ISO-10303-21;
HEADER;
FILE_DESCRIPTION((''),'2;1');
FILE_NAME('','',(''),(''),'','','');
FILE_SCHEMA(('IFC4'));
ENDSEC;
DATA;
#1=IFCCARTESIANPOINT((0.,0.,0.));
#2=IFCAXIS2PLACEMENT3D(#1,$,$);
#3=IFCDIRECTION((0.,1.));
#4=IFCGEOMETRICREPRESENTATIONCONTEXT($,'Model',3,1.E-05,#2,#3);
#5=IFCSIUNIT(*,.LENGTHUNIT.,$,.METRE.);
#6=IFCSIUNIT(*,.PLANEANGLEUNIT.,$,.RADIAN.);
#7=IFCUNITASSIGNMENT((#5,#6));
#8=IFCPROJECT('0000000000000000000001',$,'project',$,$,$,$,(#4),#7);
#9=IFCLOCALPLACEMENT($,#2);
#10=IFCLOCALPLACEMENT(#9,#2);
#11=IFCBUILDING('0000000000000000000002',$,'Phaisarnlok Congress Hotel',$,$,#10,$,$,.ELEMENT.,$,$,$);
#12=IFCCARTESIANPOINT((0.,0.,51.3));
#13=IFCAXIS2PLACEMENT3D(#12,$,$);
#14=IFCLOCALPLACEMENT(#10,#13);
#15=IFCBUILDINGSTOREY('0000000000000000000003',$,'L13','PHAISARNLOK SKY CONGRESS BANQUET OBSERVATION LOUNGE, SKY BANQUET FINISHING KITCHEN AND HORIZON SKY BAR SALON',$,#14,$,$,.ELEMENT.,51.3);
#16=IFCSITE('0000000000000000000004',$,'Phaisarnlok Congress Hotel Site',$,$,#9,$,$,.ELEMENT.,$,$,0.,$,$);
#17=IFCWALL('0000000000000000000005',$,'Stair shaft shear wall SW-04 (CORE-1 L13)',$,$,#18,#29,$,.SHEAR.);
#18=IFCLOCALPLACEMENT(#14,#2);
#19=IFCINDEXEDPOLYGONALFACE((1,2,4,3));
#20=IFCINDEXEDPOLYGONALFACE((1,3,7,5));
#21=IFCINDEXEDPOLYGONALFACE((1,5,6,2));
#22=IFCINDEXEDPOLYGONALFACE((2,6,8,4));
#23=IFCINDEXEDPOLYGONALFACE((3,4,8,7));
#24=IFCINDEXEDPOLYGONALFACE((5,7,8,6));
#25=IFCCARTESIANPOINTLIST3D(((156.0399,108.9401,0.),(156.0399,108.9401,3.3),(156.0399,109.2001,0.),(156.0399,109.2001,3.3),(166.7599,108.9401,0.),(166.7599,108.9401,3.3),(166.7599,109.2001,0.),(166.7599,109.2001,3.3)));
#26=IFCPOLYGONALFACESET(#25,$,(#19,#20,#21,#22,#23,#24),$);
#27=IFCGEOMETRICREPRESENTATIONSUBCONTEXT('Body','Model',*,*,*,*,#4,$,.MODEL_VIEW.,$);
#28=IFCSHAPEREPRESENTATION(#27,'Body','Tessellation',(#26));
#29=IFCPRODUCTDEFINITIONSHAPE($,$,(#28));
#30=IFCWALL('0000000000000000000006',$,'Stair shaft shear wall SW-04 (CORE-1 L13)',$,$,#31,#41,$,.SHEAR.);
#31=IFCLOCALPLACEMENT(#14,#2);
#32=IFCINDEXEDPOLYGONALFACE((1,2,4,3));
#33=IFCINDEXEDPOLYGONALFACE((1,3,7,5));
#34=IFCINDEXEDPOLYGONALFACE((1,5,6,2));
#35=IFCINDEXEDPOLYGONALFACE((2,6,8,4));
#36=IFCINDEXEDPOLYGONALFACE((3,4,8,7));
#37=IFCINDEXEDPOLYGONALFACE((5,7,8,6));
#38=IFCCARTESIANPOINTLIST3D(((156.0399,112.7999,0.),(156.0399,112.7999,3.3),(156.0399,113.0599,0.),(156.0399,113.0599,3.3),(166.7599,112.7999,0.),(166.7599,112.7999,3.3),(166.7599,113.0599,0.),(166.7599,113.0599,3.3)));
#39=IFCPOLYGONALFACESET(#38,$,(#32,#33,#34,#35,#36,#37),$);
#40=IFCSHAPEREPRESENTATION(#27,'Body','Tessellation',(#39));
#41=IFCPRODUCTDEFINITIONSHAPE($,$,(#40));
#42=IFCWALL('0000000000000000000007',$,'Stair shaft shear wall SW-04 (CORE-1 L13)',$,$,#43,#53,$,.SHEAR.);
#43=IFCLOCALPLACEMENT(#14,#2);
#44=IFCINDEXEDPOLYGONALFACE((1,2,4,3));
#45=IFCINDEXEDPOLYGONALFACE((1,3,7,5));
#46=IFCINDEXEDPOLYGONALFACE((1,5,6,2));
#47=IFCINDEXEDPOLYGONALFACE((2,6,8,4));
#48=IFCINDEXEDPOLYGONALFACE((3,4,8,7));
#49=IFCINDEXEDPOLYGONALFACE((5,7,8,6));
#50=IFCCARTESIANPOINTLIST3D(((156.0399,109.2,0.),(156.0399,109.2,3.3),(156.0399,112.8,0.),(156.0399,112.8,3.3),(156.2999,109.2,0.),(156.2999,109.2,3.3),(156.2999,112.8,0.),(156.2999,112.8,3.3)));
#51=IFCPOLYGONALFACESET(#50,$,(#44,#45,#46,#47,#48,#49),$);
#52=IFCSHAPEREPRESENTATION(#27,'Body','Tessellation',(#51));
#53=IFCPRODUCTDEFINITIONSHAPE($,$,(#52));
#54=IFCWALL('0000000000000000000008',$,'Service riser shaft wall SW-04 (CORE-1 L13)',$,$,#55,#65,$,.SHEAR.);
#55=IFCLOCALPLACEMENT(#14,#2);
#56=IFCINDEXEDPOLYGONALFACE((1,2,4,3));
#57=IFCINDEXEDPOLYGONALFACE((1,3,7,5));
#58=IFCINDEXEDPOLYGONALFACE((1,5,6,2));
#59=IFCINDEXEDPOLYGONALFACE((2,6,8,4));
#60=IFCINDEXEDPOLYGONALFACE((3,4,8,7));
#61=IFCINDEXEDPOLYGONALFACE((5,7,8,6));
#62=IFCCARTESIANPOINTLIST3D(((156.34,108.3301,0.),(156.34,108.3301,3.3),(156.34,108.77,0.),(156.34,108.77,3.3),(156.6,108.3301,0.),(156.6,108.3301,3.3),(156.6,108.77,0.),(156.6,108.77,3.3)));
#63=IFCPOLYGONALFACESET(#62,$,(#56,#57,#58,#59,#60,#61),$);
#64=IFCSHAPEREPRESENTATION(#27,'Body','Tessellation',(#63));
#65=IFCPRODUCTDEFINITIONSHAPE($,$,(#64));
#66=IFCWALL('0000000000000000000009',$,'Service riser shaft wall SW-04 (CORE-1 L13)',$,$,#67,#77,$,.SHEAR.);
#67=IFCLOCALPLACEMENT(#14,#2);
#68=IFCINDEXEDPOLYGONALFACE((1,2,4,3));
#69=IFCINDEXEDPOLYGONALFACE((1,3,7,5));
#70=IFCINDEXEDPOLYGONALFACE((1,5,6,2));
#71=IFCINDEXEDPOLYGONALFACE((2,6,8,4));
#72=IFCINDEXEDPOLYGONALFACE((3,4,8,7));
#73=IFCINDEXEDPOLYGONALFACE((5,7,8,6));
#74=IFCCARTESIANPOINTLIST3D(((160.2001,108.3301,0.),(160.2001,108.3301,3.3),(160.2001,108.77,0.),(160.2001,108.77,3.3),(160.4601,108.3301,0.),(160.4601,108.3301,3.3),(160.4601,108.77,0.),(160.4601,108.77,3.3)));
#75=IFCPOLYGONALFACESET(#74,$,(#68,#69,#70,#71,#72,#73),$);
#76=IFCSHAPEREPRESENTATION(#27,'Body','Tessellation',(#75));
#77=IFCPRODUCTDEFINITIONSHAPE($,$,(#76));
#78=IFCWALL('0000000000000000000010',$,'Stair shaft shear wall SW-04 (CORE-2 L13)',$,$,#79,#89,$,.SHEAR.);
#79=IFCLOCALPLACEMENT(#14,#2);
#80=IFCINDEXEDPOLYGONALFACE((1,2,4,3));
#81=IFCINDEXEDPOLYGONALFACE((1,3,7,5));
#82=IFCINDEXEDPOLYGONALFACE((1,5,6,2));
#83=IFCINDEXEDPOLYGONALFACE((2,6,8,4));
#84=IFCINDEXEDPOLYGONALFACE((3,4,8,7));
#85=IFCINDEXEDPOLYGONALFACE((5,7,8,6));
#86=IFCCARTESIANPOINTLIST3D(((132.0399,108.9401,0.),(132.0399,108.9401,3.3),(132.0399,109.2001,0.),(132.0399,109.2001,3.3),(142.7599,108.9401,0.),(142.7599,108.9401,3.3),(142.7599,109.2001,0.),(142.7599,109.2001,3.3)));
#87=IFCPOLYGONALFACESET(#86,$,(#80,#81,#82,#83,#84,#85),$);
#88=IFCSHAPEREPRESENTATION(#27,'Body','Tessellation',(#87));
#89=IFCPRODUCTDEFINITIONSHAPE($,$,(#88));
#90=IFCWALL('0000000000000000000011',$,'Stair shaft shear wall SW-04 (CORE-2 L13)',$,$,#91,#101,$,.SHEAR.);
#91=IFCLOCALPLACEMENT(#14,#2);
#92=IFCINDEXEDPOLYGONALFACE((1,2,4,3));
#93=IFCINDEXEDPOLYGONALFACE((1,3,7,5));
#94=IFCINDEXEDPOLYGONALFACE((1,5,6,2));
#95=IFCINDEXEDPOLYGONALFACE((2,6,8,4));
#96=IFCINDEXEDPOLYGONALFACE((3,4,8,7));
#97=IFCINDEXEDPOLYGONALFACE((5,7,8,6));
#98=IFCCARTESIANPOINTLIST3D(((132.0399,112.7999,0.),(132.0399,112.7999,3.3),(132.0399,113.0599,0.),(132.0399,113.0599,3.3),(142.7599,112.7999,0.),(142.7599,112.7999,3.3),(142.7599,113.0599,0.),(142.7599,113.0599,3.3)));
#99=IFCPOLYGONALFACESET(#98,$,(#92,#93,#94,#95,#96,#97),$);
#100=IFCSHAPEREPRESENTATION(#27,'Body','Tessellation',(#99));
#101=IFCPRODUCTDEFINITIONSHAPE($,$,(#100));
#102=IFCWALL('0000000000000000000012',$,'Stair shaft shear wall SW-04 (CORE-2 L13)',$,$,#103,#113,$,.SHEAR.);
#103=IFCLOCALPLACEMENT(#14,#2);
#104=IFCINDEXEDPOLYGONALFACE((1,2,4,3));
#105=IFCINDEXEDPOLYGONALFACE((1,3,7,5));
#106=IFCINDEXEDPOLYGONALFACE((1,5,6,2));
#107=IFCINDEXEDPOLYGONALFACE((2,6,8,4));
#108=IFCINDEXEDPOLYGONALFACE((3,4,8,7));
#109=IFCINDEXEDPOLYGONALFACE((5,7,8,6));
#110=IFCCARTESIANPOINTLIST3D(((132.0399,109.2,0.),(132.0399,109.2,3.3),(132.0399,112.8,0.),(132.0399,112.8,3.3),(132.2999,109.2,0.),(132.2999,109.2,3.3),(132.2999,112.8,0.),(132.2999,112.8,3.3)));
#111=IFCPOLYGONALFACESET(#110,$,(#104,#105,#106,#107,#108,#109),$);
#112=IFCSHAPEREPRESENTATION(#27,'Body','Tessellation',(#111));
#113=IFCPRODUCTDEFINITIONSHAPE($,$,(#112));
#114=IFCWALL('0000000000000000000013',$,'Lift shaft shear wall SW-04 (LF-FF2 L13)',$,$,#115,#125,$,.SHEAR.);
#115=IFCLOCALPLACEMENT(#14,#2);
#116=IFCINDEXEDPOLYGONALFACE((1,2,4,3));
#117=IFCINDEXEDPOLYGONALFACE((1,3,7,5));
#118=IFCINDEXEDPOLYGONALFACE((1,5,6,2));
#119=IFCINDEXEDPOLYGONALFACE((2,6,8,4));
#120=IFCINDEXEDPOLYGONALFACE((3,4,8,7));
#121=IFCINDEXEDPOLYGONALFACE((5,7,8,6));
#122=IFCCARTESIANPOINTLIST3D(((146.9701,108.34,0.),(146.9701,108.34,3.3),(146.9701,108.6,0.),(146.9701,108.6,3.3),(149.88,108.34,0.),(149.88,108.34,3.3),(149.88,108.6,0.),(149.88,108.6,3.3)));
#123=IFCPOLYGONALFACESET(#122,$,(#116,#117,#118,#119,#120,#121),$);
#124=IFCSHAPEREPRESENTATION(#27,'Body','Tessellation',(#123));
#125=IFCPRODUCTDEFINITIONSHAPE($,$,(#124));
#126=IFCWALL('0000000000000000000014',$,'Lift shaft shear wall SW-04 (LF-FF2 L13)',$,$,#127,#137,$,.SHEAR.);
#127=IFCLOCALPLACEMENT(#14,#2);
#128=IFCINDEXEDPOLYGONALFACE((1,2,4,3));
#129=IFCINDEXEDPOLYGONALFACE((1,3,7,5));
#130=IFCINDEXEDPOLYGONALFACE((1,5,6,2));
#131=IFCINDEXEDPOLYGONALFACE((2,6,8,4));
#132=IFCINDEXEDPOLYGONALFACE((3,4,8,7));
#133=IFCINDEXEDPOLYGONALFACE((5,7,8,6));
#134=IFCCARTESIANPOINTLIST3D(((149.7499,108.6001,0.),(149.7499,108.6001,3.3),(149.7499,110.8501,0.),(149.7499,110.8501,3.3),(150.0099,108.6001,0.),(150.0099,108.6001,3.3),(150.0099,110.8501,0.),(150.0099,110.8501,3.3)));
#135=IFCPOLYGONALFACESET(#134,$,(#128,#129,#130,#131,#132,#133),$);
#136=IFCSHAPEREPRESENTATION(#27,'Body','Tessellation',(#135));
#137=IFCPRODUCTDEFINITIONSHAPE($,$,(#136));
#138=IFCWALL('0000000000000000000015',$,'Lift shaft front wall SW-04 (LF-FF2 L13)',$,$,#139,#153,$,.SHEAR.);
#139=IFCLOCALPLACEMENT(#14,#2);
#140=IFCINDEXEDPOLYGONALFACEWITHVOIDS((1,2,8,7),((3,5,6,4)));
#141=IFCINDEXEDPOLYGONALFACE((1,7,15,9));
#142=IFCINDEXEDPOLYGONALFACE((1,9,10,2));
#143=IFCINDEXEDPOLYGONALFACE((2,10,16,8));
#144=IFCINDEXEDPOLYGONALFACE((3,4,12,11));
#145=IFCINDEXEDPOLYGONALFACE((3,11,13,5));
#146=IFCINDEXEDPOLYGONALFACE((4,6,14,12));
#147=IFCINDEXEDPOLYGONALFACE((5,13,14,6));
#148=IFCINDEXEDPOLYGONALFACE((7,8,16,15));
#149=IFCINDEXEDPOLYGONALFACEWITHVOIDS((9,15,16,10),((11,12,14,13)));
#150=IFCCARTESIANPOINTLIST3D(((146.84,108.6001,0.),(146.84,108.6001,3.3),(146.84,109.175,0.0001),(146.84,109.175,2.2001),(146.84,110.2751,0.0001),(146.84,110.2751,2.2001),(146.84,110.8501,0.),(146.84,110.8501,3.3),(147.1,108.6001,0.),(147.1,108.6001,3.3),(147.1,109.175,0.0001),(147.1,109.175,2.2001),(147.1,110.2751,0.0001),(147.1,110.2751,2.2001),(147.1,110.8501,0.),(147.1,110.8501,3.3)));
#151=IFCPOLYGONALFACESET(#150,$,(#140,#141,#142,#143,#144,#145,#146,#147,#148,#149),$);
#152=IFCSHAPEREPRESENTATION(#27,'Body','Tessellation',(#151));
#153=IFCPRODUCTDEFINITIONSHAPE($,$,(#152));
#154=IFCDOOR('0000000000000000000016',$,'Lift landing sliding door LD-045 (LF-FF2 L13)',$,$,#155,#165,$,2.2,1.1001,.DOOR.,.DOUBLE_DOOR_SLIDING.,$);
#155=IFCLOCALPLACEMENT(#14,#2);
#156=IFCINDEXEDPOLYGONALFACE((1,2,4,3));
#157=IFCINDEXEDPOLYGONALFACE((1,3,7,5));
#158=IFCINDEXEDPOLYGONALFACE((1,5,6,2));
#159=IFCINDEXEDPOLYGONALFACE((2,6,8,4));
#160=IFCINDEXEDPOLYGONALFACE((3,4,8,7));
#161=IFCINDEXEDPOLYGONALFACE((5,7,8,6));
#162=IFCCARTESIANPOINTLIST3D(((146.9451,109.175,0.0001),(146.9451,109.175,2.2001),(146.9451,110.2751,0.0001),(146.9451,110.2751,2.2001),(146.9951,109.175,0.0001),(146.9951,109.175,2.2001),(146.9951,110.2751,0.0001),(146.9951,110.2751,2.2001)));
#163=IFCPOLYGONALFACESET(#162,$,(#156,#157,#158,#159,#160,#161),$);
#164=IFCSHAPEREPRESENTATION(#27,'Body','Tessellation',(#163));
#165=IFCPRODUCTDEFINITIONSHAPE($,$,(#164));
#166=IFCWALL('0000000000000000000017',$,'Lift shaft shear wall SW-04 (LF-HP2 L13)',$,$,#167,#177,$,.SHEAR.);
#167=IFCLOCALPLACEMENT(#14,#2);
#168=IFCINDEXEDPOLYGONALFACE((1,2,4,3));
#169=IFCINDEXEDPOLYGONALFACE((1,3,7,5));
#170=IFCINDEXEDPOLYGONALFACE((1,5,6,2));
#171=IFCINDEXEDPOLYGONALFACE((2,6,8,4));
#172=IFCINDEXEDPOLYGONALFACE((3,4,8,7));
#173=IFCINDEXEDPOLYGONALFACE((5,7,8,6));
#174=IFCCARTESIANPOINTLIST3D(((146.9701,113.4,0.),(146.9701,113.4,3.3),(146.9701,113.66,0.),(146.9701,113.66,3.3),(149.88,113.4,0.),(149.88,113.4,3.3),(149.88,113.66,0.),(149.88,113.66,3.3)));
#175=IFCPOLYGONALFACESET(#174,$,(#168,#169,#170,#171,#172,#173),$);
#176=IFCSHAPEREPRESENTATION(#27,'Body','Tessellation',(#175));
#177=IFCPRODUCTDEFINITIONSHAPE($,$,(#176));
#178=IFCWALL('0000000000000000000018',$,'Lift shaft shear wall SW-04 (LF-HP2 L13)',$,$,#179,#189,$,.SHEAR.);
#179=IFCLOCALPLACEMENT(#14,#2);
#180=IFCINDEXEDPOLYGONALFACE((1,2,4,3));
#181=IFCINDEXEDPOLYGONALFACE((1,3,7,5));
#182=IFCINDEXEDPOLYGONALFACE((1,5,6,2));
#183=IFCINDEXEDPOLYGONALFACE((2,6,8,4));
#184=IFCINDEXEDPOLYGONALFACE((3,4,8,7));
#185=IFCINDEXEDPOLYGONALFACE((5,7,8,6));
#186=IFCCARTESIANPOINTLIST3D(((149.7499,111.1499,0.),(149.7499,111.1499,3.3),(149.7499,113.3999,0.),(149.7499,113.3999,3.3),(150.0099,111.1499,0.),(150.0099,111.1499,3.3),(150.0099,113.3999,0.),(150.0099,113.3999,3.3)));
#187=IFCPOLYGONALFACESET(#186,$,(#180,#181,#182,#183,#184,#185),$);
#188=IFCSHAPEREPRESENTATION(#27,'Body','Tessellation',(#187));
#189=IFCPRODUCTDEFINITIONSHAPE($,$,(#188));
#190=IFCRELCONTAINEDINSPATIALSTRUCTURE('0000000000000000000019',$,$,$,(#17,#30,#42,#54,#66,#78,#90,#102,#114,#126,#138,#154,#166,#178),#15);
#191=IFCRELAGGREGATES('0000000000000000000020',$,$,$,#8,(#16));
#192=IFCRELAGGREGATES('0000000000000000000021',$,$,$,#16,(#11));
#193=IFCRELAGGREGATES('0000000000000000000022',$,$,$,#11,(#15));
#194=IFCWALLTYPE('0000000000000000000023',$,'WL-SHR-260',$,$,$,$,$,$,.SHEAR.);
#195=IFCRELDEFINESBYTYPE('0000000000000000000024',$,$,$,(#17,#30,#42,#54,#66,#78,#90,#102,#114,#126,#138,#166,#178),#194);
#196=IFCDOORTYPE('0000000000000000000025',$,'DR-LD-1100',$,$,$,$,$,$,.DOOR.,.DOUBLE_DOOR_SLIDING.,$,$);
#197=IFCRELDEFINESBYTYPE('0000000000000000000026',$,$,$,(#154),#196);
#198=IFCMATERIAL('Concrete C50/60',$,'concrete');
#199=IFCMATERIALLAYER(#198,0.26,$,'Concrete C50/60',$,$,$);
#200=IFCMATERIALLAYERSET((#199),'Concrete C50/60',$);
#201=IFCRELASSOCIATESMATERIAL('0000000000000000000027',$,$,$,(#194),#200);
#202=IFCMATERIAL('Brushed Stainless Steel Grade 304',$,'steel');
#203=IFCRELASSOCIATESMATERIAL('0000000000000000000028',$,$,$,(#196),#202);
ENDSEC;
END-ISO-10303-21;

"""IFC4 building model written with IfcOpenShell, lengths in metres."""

from ifc_helpers import new_model, si_unit, direction, frame, frame_2d, origin, place, context, subcontext, project, spatial, rectangle, extrude, material, layer, layer_set, type_object, element, fill, save


model = new_model("IFC4")

# Units and contexts
model_context = context("Model", 3, precision=1e-05, world=origin(), true_north=direction((0.0, 1.0)))
body_context = subcontext(model_context, "Body", "Model", "MODEL_VIEW")
ifc_project = project(units=[si_unit("LENGTHUNIT", "METRE"), si_unit("PLANEANGLEUNIT", "RADIAN")], contexts=[model_context])

# Site, building, storey
site_placement = place(None, origin())
site = spatial("IfcSite", under=ifc_project, at=site_placement, Name="Phaisarnlok Congress Hotel Site", CompositionType="ELEMENT", RefElevation=0.0)
building_placement = place(site_placement, origin())
building = spatial("IfcBuilding", under=site, at=building_placement, Name="Phaisarnlok Congress Hotel", CompositionType="ELEMENT")
storey_placement = place(building_placement, frame((0.0, 0.0, 51.3)))
storey = spatial("IfcBuildingStorey", under=building, at=storey_placement, Name="L13", Description="PHAISARNLOK SKY CONGRESS BANQUET OBSERVATION LOUNGE, SKY BANQUET FINISHING KITCHEN AND HORIZON SKY BAR SALON", CompositionType="ELEMENT", Elevation=51.3)

# Walls
ifc_material_1 = material(Name="Concrete C50/60", Category="concrete")
ifc_layer_1 = layer(ifc_material_1, 0.26, Name="Concrete C50/60")
ifc_layer_set_1 = layer_set([ifc_layer_1], Name="Concrete C50/60")
wall_type_1 = type_object("IfcWallType", Name="WL-SHR-260", PredefinedType="SHEAR", material=ifc_layer_set_1)
for number, where, z_axis, x_axis, name in (
    (1, (156.04, 109.0701, 0.0), (0.0, 0.0, 1.0), (1.0, 0.0, 0.0), "Stair shaft shear wall SW-04 (CORE-1 L13)"),
    (2, (156.04, 112.9299, 0.0), (0.0, 0.0, 1.0), (1.0, 0.0, 0.0), "Stair shaft shear wall SW-04 (CORE-1 L13)"),
):
    element("IfcWall", number, at=place(storey_placement, frame(where, z_axis=z_axis, x_axis=x_axis)), inside=storey, type_object=wall_type_1, Name=name, PredefinedType="SHEAR", context=body_context, shape_type="SweptSolid", body=[
        extrude(rectangle(XDim=10.72, YDim=0.26, at=frame_2d((5.3599, 0.0))), origin(), (0.0, 0.0, 1.0), 3.3),
    ])
wall_1_placement = place(storey_placement, frame((156.1699, 109.2, 0.0), z_axis=(0.0, 0.0, 1.0), x_axis=(0.0, 1.0, 0.0)))
element("IfcWall", 3, at=wall_1_placement, inside=storey, type_object=wall_type_1, Name="Stair shaft shear wall SW-04 (CORE-1 L13)", PredefinedType="SHEAR", context=body_context, shape_type="SweptSolid", body=[
    extrude(rectangle(XDim=3.6001, YDim=0.26, at=frame_2d((1.8, 0.0))), origin(), (0.0, 0.0, 1.0), 3.3),
])
for number, where, z_axis, x_axis, name in (
    (4, (156.47, 108.3301, 0.0), (0.0, 0.0, 1.0), (0.0, 1.0, 0.0), "Service riser shaft wall SW-04 (CORE-1 L13)"),
    (5, (160.3301, 108.3301, 0.0), (0.0, 0.0, 1.0), (0.0, 1.0, 0.0), "Service riser shaft wall SW-04 (CORE-1 L13)"),
):
    element("IfcWall", number, at=place(storey_placement, frame(where, z_axis=z_axis, x_axis=x_axis)), inside=storey, type_object=wall_type_1, Name=name, PredefinedType="SHEAR", context=body_context, shape_type="SweptSolid", body=[
        extrude(rectangle(XDim=0.4399, YDim=0.26, at=frame_2d((0.22, 0.0))), origin(), (0.0, 0.0, 1.0), 3.3),
    ])
for number, where, z_axis, x_axis, name in (
    (6, (132.04, 109.0701, 0.0), (0.0, 0.0, 1.0), (1.0, 0.0, 0.0), "Stair shaft shear wall SW-04 (CORE-2 L13)"),
    (7, (132.04, 112.9299, 0.0), (0.0, 0.0, 1.0), (1.0, 0.0, 0.0), "Stair shaft shear wall SW-04 (CORE-2 L13)"),
):
    element("IfcWall", number, at=place(storey_placement, frame(where, z_axis=z_axis, x_axis=x_axis)), inside=storey, type_object=wall_type_1, Name=name, PredefinedType="SHEAR", context=body_context, shape_type="SweptSolid", body=[
        extrude(rectangle(XDim=10.72, YDim=0.26, at=frame_2d((5.3599, 0.0))), origin(), (0.0, 0.0, 1.0), 3.3),
    ])
wall_2_placement = place(storey_placement, frame((132.1699, 109.2, 0.0), z_axis=(0.0, 0.0, 1.0), x_axis=(0.0, 1.0, 0.0)))
element("IfcWall", 8, at=wall_2_placement, inside=storey, type_object=wall_type_1, Name="Stair shaft shear wall SW-04 (CORE-2 L13)", PredefinedType="SHEAR", context=body_context, shape_type="SweptSolid", body=[
    extrude(rectangle(XDim=3.6001, YDim=0.26, at=frame_2d((1.8, 0.0))), origin(), (0.0, 0.0, 1.0), 3.3),
])

# Walls
wall_3_placement = place(storey_placement, frame((146.97, 108.47, 0.0), z_axis=(0.0, 0.0, 1.0), x_axis=(1.0, 0.0, 0.0)))
element("IfcWall", 9, at=wall_3_placement, inside=storey, type_object=wall_type_1, Name="Lift shaft shear wall SW-04 (LF-FF2 L13)", PredefinedType="SHEAR", context=body_context, shape_type="SweptSolid", body=[
    extrude(rectangle(XDim=2.9099, YDim=0.26, at=frame_2d((1.4551, 0.0))), origin(), (0.0, 0.0, 1.0), 3.3),
])
wall_4_placement = place(storey_placement, frame((149.8799, 108.6001, 0.0), z_axis=(0.0, 0.0, 1.0), x_axis=(0.0, 1.0, 0.0)))
element("IfcWall", 10, at=wall_4_placement, inside=storey, type_object=wall_type_1, Name="Lift shaft shear wall SW-04 (LF-FF2 L13)", PredefinedType="SHEAR", context=body_context, shape_type="SweptSolid", body=[
    extrude(rectangle(XDim=2.25, YDim=0.26, at=frame_2d((1.125, 0.0))), origin(), (0.0, 0.0, 1.0), 3.3),
])

# Wall, opening, door
wall_5_placement = place(storey_placement, frame((146.97, 108.6001, 0.0), z_axis=(0.0, 0.0, 1.0), x_axis=(0.0, 1.0, 0.0)))
wall_5 = element("IfcWall", 11, at=wall_5_placement, inside=storey, type_object=wall_type_1, Name="Lift shaft front wall SW-04 (LF-FF2 L13)", PredefinedType="SHEAR", context=body_context, shape_type="SweptSolid", body=[
    extrude(rectangle(XDim=2.25, YDim=0.26, at=frame_2d((1.125, 0.0))), origin(), (0.0, 0.0, 1.0), 3.3),
])
opening_1_placement = place(wall_5_placement, frame((0.575, 0.0, 0.0)))
opening_1 = element("IfcOpeningElement", 12, at=opening_1_placement, cuts=wall_5, PredefinedType="OPENING", context=body_context, shape_type="SweptSolid", body=[
    extrude(rectangle(XDim=1.1001, YDim=2.2, at=frame_2d((0.55, 1.1001))), frame((0.0, 0.1401, 0.0), z_axis=(0.0, -1.0, 0.0), x_axis=(1.0, 0.0, 0.0)), (0.0, 0.0, 1.0), 0.28),
])
ifc_material_2 = material(Name="Brushed Stainless Steel Grade 304", Category="steel")
door_type_1 = type_object("IfcDoorType", Name="DR-LD-1100", OperationType="DOUBLE_DOOR_SLIDING", PredefinedType="DOOR", material=ifc_material_2)
door_1_placement = place(opening_1_placement, origin())
door_1 = element("IfcDoor", 13, at=door_1_placement, inside=storey, type_object=door_type_1, Name="Lift landing sliding door LD-045 (LF-FF2 L13)", OperationType="DOUBLE_DOOR_SLIDING", OverallHeight=2.2, OverallWidth=1.1001, PredefinedType="DOOR", context=body_context, shape_type="SweptSolid", body=[
    extrude(rectangle(XDim=1.1001, YDim=2.2, at=frame_2d((0.55, 1.1001))), frame((0.0, 0.0249, 0.0), z_axis=(0.0, -1.0, 0.0), x_axis=(1.0, 0.0, 0.0)), (0.0, 0.0, 1.0), 0.05),
])
fill(opening_1, door_1)

# Walls
wall_6_placement = place(storey_placement, frame((146.97, 113.53, 0.0), z_axis=(0.0, 0.0, 1.0), x_axis=(1.0, 0.0, 0.0)))
element("IfcWall", 14, at=wall_6_placement, inside=storey, type_object=wall_type_1, Name="Lift shaft shear wall SW-04 (LF-HP2 L13)", PredefinedType="SHEAR", context=body_context, shape_type="SweptSolid", body=[
    extrude(rectangle(XDim=2.9099, YDim=0.26, at=frame_2d((1.4551, 0.0))), origin(), (0.0, 0.0, 1.0), 3.3),
])
wall_7_placement = place(storey_placement, frame((149.8799, 111.1499, 0.0), z_axis=(0.0, 0.0, 1.0), x_axis=(0.0, 1.0, 0.0)))
element("IfcWall", 15, at=wall_7_placement, inside=storey, type_object=wall_type_1, Name="Lift shaft shear wall SW-04 (LF-HP2 L13)", PredefinedType="SHEAR", context=body_context, shape_type="SweptSolid", body=[
    extrude(rectangle(XDim=2.25, YDim=0.26, at=frame_2d((1.125, 0.0))), origin(), (0.0, 0.0, 1.0), 3.3),
])

save(model, "model.ifc")
